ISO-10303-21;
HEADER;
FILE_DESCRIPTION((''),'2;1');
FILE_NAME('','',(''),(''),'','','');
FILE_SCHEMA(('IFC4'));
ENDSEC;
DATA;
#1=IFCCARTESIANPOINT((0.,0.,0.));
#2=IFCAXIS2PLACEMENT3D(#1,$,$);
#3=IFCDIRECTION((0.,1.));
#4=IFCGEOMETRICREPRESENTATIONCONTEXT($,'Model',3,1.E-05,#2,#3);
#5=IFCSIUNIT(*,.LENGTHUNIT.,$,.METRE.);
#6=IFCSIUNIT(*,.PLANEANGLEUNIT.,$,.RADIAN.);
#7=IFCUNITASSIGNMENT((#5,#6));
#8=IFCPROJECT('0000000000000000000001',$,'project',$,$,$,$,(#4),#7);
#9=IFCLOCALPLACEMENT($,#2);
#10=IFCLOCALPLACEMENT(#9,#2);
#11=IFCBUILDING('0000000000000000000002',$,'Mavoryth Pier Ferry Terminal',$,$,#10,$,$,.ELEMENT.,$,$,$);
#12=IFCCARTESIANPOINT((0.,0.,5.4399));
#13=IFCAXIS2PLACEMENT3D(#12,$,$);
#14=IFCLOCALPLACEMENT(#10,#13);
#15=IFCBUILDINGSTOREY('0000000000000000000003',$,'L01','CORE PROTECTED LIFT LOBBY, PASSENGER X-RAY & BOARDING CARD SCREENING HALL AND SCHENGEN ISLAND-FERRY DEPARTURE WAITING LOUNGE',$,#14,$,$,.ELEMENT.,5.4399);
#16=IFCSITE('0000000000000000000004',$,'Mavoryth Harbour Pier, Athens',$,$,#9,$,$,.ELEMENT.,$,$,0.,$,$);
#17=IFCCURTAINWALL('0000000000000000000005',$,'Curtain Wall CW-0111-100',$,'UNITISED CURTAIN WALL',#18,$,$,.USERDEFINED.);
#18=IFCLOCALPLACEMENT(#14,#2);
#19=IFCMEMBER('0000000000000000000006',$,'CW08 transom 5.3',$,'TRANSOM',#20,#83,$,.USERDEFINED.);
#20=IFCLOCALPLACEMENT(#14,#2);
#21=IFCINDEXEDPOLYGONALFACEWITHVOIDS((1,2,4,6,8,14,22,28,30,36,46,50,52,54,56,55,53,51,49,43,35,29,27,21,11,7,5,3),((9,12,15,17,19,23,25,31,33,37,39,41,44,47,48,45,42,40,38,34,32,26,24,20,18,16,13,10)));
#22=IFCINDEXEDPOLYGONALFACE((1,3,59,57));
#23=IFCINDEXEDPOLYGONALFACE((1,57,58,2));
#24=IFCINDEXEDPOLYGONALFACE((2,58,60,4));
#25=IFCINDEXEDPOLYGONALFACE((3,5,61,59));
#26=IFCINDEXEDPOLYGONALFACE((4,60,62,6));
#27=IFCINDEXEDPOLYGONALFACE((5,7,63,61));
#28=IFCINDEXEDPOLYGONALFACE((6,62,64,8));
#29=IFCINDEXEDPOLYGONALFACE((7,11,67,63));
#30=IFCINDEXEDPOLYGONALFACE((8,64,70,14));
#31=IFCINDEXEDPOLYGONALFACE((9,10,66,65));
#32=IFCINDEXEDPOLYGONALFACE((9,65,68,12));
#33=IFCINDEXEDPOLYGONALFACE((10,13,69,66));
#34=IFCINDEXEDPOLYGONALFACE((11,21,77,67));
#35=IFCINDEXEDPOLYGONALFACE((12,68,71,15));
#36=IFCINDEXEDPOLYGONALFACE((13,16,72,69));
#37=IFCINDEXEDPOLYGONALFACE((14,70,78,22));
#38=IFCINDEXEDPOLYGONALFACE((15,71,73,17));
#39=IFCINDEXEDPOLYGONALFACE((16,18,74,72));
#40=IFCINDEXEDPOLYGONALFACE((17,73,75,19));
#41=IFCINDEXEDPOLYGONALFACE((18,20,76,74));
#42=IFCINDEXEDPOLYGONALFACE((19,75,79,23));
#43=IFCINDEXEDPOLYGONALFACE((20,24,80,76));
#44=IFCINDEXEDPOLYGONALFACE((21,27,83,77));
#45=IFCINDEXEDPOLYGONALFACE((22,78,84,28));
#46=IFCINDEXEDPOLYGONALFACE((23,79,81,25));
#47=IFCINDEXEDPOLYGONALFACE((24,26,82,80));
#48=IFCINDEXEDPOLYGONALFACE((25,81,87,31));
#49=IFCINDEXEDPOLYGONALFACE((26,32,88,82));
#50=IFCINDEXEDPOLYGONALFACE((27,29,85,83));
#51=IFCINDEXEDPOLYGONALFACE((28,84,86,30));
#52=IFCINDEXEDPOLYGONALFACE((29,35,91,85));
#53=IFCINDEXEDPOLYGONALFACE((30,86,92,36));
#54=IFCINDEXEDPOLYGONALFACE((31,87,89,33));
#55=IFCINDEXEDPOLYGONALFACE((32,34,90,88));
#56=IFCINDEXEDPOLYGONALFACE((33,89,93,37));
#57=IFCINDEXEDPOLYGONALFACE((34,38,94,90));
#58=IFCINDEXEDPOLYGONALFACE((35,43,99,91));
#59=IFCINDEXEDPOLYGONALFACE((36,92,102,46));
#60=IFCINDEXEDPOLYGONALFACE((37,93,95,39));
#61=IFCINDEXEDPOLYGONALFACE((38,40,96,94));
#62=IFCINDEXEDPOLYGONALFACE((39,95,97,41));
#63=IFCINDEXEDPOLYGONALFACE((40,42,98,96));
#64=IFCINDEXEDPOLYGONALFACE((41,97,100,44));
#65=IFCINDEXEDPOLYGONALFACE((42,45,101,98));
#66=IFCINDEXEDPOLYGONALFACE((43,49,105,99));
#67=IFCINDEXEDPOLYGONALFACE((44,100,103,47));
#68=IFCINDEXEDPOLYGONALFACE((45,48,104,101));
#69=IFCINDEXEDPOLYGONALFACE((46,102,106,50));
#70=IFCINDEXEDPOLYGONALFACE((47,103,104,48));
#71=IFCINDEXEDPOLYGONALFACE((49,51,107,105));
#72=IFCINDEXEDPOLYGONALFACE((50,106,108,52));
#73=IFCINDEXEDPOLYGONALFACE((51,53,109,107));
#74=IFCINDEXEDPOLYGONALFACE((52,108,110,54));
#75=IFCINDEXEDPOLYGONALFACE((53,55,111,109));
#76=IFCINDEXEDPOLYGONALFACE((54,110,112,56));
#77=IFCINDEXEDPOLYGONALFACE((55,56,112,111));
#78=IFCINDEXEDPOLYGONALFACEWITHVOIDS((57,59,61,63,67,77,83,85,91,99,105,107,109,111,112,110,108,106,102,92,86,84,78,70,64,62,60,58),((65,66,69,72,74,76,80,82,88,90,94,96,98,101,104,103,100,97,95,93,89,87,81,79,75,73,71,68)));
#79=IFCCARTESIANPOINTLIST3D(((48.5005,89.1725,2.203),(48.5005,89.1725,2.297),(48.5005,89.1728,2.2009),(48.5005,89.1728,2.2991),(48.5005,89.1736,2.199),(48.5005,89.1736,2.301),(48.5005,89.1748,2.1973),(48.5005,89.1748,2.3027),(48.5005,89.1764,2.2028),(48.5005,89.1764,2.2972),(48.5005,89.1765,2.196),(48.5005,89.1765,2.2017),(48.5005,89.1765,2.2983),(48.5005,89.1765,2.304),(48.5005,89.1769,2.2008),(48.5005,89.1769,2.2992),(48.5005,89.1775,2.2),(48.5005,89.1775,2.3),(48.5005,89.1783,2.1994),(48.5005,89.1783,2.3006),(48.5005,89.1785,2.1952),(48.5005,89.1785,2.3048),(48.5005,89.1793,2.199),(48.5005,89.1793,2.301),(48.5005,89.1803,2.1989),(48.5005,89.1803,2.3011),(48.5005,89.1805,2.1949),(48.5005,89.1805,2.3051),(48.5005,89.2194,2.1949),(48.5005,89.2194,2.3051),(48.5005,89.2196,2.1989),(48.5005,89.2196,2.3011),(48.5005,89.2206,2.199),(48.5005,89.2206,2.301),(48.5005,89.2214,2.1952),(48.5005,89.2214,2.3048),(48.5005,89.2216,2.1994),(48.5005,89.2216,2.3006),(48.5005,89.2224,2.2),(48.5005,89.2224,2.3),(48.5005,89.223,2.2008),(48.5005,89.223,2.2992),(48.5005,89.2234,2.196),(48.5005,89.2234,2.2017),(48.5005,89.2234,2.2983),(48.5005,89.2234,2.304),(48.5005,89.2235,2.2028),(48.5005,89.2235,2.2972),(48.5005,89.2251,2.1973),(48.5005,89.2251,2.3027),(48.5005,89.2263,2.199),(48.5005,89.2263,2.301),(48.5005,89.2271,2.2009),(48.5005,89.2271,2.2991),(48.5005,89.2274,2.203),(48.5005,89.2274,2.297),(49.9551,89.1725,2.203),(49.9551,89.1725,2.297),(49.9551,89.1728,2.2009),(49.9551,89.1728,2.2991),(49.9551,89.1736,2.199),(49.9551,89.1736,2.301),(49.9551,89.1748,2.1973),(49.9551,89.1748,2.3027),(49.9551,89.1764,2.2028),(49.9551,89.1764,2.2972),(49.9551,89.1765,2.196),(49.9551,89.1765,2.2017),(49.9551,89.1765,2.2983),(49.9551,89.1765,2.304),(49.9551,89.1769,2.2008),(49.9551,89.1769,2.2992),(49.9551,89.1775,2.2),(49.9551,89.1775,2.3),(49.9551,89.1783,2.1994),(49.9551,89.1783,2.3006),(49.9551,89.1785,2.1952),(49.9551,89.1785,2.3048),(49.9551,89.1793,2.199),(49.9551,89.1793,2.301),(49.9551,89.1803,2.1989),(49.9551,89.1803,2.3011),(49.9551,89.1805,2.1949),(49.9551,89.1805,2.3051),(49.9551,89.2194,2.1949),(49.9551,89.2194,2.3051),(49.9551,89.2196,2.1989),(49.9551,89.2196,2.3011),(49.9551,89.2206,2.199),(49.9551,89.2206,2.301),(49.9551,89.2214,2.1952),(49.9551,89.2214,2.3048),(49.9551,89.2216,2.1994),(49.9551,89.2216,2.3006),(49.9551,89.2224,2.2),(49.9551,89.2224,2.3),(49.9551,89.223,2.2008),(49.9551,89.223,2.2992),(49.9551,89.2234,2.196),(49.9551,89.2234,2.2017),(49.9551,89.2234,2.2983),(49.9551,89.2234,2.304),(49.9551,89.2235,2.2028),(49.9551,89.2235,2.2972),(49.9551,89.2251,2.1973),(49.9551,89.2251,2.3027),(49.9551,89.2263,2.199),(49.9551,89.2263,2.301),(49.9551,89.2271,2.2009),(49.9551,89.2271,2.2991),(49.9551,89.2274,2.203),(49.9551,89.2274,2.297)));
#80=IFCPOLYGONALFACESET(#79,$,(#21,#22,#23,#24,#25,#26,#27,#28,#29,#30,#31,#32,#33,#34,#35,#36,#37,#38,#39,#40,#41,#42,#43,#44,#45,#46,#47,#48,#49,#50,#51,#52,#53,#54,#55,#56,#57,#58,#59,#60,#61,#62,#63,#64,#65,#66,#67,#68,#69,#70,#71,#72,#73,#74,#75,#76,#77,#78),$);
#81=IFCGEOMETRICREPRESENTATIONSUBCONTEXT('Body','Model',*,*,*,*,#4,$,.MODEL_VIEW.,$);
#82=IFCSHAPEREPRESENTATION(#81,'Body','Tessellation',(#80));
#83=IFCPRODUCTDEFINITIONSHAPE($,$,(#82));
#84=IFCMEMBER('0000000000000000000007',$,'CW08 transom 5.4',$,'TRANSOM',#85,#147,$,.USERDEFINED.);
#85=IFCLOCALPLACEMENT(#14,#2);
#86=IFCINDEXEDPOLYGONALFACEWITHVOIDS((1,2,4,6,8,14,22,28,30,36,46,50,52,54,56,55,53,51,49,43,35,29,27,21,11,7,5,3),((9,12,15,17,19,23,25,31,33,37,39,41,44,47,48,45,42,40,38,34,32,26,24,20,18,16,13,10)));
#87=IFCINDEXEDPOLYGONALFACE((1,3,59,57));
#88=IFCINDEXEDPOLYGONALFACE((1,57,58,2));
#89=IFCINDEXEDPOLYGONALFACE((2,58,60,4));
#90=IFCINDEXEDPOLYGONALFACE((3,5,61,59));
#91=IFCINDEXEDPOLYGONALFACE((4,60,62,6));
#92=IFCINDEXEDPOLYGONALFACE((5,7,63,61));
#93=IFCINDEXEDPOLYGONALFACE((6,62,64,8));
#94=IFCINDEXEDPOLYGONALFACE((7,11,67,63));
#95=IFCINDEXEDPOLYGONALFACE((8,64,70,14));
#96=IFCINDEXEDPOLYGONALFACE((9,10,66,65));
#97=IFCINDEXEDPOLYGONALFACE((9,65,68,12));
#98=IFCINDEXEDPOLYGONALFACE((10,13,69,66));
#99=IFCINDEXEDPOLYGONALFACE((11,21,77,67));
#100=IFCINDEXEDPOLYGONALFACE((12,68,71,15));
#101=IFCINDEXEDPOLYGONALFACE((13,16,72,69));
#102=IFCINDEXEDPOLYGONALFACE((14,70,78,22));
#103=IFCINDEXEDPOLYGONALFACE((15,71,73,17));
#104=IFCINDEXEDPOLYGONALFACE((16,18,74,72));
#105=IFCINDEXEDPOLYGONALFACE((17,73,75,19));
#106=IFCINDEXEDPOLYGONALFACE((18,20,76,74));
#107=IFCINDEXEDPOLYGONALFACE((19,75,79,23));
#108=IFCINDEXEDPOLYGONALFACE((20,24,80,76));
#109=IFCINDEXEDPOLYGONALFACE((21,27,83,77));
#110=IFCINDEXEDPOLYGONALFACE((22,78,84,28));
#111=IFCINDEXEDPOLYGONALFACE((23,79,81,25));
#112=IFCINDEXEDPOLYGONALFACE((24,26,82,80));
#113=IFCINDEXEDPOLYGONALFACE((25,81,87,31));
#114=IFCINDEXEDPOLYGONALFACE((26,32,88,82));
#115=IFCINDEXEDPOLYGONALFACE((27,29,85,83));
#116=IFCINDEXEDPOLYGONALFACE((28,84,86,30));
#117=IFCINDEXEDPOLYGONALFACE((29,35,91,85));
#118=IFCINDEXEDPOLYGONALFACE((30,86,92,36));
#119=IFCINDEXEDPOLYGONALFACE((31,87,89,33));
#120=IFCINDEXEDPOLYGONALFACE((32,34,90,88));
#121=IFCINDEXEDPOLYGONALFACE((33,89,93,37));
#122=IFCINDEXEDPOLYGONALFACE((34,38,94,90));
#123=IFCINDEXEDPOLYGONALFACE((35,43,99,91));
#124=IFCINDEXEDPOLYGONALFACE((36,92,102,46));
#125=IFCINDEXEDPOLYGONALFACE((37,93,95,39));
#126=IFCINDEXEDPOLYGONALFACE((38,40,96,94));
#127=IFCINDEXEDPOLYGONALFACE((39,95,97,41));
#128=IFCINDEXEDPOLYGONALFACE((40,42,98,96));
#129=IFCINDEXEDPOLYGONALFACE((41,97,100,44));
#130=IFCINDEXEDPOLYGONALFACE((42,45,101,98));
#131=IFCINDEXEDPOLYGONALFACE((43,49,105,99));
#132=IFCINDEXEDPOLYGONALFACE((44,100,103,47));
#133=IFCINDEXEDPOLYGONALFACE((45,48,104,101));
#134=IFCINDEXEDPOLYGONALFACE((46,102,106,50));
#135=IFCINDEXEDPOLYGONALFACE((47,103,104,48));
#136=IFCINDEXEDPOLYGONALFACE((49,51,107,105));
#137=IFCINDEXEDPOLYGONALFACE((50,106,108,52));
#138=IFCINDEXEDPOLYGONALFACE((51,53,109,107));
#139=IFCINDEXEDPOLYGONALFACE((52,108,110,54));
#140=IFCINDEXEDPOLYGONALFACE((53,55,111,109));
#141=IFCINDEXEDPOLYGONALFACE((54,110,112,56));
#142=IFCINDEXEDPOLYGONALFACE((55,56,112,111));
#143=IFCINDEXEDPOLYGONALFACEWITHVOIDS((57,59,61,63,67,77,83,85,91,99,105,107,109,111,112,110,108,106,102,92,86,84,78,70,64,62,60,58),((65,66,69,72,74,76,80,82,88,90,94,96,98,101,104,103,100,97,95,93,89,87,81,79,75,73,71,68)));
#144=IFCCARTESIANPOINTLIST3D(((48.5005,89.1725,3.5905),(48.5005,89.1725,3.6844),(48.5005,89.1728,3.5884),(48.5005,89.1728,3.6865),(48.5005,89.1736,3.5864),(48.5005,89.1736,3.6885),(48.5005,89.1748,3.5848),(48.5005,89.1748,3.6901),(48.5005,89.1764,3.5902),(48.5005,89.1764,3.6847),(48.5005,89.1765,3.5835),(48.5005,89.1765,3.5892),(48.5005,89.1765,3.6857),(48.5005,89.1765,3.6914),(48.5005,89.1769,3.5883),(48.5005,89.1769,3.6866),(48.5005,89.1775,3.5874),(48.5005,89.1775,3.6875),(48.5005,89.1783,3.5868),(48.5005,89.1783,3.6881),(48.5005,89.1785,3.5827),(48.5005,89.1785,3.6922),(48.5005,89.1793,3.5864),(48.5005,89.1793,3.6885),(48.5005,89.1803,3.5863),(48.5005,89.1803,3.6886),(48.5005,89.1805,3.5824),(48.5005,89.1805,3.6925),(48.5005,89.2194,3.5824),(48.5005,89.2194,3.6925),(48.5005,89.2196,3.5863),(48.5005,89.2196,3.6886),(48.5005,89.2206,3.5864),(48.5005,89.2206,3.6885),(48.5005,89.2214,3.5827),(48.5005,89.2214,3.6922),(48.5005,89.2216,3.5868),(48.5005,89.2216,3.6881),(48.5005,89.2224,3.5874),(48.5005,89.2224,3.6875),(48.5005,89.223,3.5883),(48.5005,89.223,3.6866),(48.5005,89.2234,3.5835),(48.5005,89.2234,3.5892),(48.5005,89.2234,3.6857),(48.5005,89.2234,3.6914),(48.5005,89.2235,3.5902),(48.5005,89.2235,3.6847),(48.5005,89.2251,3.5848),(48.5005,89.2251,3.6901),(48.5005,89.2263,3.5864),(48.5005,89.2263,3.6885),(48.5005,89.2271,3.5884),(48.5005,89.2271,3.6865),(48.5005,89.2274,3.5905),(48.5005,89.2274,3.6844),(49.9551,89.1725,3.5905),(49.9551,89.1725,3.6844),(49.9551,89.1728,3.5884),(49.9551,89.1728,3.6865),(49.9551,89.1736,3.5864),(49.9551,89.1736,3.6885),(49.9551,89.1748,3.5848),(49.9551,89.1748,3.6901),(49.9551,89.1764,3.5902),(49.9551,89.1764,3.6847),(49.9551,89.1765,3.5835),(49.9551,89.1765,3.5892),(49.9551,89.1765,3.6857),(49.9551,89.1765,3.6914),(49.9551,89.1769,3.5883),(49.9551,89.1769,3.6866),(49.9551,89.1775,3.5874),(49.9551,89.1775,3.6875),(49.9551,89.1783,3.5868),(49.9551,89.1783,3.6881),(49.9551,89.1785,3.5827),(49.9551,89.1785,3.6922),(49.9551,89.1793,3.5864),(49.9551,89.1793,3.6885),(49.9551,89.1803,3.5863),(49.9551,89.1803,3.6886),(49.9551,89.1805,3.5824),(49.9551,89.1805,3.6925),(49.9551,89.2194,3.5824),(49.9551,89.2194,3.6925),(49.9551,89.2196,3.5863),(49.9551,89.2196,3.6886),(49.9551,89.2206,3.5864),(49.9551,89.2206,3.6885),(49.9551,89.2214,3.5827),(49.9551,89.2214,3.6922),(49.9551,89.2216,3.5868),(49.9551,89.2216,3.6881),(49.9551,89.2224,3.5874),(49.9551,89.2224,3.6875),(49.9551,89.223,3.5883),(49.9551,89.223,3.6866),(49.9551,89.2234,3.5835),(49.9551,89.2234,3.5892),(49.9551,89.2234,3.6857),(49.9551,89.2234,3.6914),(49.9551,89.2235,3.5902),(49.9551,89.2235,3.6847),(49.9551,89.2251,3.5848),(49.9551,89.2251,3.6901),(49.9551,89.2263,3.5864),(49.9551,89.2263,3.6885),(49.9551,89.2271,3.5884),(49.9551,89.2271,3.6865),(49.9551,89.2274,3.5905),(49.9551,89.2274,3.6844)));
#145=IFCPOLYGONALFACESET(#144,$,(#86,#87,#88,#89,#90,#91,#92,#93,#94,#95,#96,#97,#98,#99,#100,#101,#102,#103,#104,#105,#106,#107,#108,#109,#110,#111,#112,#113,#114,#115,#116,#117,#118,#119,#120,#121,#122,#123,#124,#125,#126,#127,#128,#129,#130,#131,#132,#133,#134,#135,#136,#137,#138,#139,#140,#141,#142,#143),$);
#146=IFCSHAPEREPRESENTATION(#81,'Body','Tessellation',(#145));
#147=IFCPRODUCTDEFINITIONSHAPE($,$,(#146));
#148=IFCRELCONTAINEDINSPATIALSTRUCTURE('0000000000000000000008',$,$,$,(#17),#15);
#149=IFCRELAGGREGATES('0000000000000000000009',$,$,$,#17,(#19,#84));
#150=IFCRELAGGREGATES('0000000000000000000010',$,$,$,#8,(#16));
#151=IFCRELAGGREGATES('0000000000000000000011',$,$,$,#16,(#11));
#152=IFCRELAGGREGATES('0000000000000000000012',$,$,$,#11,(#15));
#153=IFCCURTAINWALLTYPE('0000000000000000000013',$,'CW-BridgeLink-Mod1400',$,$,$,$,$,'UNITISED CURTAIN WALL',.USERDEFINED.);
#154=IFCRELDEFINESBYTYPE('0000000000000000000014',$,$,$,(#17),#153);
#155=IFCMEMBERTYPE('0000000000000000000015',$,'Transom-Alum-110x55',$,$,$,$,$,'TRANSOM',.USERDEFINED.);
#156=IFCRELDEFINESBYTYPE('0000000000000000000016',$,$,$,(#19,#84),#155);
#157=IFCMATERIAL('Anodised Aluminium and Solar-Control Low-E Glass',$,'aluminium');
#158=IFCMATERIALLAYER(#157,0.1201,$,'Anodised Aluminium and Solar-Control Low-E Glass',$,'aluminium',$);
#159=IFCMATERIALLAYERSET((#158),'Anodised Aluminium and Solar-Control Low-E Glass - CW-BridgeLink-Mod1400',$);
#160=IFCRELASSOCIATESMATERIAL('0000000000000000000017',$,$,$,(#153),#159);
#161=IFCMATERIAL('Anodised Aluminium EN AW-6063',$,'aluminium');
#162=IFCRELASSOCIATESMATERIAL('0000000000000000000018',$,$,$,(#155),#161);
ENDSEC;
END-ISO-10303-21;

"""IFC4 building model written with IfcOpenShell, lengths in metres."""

from ifc_helpers import new_model, si_unit, direction, frame, origin, origin_2d, place, context, subcontext, project, spatial, hollow_rectangle, extrude, material, layer, layer_set, material_profile, profile_set, type_object, element, aggregate, save


model = new_model("IFC4")

# Units and contexts
model_context = context("Model", 3, precision=1e-05, world=origin(), true_north=direction((0.0, 1.0)))
body_context = subcontext(model_context, "Body", "Model", "MODEL_VIEW")
ifc_project = project(units=[si_unit("LENGTHUNIT", "METRE"), si_unit("PLANEANGLEUNIT", "RADIAN")], contexts=[model_context])

# Site, building, storey
site_placement = place(None, origin())
site = spatial("IfcSite", under=ifc_project, at=site_placement, Name="Mavoryth Harbour Pier, Athens", CompositionType="ELEMENT", RefElevation=0.0)
building_placement = place(site_placement, origin())
building = spatial("IfcBuilding", under=site, at=building_placement, Name="Mavoryth Pier Ferry Terminal", CompositionType="ELEMENT")
storey_placement = place(building_placement, frame((0.0, 0.0, 5.4399)))
storey = spatial("IfcBuildingStorey", under=building, at=storey_placement, Name="L01", Description="CORE PROTECTED LIFT LOBBY, PASSENGER X-RAY & BOARDING CARD SCREENING HALL AND SCHENGEN ISLAND-FERRY DEPARTURE WAITING LOUNGE", CompositionType="ELEMENT", Elevation=5.4399)

# Curtain wall
ifc_material_1 = material(Name="Anodised Aluminium and Solar-Control Low-E Glass", Category="aluminium")
ifc_layer_1 = layer(ifc_material_1, 0.1201, Name="Anodised Aluminium and Solar-Control Low-E Glass", Category="aluminium")
ifc_layer_set_1 = layer_set([ifc_layer_1], Name="Anodised Aluminium and Solar-Control Low-E Glass - CW-BridgeLink-Mod1400")
curtain_wall_type_1 = type_object("IfcCurtainWallType", Name="CW-BridgeLink-Mod1400", ElementType="UNITISED CURTAIN WALL", PredefinedType="USERDEFINED", material=ifc_layer_set_1)
curtain_wall_1_placement = place(storey_placement, origin())
curtain_wall_1 = element("IfcCurtainWall", 1, at=curtain_wall_1_placement, inside=storey, type_object=curtain_wall_type_1, Name="Curtain Wall CW-0111-100", ObjectType="UNITISED CURTAIN WALL", PredefinedType="USERDEFINED")
ifc_material_2 = material(Name="Anodised Aluminium EN AW-6063", Category="aluminium")

# Members
ifc_material_profile_1 = material_profile(ifc_material_2, hollow_rectangle(XDim=0.0549, YDim=0.1101, WallThickness=0.0039, InnerFilletRadius=0.0039, OuterFilletRadius=0.0081, at=origin_2d()), Name="AL-TRAN 110x55x4", Category="aluminium")
ifc_profile_set_1 = profile_set([ifc_material_profile_1], Name="Anodised Aluminium EN AW-6063 - AL-TRAN 110x55x4")
member_type_1 = type_object("IfcMemberType", Name="Transom-Alum-110x55", ElementType="TRANSOM", PredefinedType="USERDEFINED", material=ifc_profile_set_1)
member_1_placement = place(storey_placement, frame((48.5005, 89.2, 2.25), z_axis=(1.0, 0.0, 0.0), x_axis=(0.0, 1.0, 0.0)))
member_1 = element("IfcMember", 2, at=member_1_placement, type_object=member_type_1, Name="CW08 transom 5.3", ObjectType="TRANSOM", PredefinedType="USERDEFINED", context=body_context, shape_type="SweptSolid", body=[
    extrude(hollow_rectangle(XDim=0.0549, YDim=0.1101, WallThickness=0.0039, InnerFilletRadius=0.0039, OuterFilletRadius=0.0081, at=origin_2d()), origin(), (0.0, 0.0, 1.0), 1.4546),
])
member_2_placement = place(storey_placement, frame((48.5005, 89.2, 3.6375), z_axis=(1.0, 0.0, 0.0), x_axis=(0.0, 1.0, 0.0)))
member_2 = element("IfcMember", 3, at=member_2_placement, type_object=member_type_1, Name="CW08 transom 5.4", ObjectType="TRANSOM", PredefinedType="USERDEFINED", context=body_context, shape_type="SweptSolid", body=[
    extrude(hollow_rectangle(XDim=0.0549, YDim=0.1101, WallThickness=0.0039, InnerFilletRadius=0.0039, OuterFilletRadius=0.0081, at=origin_2d()), origin(), (0.0, 0.0, 1.0), 1.4546),
])

aggregate(curtain_wall_1, [member_1, member_2])

save(model, "model.ifc")
